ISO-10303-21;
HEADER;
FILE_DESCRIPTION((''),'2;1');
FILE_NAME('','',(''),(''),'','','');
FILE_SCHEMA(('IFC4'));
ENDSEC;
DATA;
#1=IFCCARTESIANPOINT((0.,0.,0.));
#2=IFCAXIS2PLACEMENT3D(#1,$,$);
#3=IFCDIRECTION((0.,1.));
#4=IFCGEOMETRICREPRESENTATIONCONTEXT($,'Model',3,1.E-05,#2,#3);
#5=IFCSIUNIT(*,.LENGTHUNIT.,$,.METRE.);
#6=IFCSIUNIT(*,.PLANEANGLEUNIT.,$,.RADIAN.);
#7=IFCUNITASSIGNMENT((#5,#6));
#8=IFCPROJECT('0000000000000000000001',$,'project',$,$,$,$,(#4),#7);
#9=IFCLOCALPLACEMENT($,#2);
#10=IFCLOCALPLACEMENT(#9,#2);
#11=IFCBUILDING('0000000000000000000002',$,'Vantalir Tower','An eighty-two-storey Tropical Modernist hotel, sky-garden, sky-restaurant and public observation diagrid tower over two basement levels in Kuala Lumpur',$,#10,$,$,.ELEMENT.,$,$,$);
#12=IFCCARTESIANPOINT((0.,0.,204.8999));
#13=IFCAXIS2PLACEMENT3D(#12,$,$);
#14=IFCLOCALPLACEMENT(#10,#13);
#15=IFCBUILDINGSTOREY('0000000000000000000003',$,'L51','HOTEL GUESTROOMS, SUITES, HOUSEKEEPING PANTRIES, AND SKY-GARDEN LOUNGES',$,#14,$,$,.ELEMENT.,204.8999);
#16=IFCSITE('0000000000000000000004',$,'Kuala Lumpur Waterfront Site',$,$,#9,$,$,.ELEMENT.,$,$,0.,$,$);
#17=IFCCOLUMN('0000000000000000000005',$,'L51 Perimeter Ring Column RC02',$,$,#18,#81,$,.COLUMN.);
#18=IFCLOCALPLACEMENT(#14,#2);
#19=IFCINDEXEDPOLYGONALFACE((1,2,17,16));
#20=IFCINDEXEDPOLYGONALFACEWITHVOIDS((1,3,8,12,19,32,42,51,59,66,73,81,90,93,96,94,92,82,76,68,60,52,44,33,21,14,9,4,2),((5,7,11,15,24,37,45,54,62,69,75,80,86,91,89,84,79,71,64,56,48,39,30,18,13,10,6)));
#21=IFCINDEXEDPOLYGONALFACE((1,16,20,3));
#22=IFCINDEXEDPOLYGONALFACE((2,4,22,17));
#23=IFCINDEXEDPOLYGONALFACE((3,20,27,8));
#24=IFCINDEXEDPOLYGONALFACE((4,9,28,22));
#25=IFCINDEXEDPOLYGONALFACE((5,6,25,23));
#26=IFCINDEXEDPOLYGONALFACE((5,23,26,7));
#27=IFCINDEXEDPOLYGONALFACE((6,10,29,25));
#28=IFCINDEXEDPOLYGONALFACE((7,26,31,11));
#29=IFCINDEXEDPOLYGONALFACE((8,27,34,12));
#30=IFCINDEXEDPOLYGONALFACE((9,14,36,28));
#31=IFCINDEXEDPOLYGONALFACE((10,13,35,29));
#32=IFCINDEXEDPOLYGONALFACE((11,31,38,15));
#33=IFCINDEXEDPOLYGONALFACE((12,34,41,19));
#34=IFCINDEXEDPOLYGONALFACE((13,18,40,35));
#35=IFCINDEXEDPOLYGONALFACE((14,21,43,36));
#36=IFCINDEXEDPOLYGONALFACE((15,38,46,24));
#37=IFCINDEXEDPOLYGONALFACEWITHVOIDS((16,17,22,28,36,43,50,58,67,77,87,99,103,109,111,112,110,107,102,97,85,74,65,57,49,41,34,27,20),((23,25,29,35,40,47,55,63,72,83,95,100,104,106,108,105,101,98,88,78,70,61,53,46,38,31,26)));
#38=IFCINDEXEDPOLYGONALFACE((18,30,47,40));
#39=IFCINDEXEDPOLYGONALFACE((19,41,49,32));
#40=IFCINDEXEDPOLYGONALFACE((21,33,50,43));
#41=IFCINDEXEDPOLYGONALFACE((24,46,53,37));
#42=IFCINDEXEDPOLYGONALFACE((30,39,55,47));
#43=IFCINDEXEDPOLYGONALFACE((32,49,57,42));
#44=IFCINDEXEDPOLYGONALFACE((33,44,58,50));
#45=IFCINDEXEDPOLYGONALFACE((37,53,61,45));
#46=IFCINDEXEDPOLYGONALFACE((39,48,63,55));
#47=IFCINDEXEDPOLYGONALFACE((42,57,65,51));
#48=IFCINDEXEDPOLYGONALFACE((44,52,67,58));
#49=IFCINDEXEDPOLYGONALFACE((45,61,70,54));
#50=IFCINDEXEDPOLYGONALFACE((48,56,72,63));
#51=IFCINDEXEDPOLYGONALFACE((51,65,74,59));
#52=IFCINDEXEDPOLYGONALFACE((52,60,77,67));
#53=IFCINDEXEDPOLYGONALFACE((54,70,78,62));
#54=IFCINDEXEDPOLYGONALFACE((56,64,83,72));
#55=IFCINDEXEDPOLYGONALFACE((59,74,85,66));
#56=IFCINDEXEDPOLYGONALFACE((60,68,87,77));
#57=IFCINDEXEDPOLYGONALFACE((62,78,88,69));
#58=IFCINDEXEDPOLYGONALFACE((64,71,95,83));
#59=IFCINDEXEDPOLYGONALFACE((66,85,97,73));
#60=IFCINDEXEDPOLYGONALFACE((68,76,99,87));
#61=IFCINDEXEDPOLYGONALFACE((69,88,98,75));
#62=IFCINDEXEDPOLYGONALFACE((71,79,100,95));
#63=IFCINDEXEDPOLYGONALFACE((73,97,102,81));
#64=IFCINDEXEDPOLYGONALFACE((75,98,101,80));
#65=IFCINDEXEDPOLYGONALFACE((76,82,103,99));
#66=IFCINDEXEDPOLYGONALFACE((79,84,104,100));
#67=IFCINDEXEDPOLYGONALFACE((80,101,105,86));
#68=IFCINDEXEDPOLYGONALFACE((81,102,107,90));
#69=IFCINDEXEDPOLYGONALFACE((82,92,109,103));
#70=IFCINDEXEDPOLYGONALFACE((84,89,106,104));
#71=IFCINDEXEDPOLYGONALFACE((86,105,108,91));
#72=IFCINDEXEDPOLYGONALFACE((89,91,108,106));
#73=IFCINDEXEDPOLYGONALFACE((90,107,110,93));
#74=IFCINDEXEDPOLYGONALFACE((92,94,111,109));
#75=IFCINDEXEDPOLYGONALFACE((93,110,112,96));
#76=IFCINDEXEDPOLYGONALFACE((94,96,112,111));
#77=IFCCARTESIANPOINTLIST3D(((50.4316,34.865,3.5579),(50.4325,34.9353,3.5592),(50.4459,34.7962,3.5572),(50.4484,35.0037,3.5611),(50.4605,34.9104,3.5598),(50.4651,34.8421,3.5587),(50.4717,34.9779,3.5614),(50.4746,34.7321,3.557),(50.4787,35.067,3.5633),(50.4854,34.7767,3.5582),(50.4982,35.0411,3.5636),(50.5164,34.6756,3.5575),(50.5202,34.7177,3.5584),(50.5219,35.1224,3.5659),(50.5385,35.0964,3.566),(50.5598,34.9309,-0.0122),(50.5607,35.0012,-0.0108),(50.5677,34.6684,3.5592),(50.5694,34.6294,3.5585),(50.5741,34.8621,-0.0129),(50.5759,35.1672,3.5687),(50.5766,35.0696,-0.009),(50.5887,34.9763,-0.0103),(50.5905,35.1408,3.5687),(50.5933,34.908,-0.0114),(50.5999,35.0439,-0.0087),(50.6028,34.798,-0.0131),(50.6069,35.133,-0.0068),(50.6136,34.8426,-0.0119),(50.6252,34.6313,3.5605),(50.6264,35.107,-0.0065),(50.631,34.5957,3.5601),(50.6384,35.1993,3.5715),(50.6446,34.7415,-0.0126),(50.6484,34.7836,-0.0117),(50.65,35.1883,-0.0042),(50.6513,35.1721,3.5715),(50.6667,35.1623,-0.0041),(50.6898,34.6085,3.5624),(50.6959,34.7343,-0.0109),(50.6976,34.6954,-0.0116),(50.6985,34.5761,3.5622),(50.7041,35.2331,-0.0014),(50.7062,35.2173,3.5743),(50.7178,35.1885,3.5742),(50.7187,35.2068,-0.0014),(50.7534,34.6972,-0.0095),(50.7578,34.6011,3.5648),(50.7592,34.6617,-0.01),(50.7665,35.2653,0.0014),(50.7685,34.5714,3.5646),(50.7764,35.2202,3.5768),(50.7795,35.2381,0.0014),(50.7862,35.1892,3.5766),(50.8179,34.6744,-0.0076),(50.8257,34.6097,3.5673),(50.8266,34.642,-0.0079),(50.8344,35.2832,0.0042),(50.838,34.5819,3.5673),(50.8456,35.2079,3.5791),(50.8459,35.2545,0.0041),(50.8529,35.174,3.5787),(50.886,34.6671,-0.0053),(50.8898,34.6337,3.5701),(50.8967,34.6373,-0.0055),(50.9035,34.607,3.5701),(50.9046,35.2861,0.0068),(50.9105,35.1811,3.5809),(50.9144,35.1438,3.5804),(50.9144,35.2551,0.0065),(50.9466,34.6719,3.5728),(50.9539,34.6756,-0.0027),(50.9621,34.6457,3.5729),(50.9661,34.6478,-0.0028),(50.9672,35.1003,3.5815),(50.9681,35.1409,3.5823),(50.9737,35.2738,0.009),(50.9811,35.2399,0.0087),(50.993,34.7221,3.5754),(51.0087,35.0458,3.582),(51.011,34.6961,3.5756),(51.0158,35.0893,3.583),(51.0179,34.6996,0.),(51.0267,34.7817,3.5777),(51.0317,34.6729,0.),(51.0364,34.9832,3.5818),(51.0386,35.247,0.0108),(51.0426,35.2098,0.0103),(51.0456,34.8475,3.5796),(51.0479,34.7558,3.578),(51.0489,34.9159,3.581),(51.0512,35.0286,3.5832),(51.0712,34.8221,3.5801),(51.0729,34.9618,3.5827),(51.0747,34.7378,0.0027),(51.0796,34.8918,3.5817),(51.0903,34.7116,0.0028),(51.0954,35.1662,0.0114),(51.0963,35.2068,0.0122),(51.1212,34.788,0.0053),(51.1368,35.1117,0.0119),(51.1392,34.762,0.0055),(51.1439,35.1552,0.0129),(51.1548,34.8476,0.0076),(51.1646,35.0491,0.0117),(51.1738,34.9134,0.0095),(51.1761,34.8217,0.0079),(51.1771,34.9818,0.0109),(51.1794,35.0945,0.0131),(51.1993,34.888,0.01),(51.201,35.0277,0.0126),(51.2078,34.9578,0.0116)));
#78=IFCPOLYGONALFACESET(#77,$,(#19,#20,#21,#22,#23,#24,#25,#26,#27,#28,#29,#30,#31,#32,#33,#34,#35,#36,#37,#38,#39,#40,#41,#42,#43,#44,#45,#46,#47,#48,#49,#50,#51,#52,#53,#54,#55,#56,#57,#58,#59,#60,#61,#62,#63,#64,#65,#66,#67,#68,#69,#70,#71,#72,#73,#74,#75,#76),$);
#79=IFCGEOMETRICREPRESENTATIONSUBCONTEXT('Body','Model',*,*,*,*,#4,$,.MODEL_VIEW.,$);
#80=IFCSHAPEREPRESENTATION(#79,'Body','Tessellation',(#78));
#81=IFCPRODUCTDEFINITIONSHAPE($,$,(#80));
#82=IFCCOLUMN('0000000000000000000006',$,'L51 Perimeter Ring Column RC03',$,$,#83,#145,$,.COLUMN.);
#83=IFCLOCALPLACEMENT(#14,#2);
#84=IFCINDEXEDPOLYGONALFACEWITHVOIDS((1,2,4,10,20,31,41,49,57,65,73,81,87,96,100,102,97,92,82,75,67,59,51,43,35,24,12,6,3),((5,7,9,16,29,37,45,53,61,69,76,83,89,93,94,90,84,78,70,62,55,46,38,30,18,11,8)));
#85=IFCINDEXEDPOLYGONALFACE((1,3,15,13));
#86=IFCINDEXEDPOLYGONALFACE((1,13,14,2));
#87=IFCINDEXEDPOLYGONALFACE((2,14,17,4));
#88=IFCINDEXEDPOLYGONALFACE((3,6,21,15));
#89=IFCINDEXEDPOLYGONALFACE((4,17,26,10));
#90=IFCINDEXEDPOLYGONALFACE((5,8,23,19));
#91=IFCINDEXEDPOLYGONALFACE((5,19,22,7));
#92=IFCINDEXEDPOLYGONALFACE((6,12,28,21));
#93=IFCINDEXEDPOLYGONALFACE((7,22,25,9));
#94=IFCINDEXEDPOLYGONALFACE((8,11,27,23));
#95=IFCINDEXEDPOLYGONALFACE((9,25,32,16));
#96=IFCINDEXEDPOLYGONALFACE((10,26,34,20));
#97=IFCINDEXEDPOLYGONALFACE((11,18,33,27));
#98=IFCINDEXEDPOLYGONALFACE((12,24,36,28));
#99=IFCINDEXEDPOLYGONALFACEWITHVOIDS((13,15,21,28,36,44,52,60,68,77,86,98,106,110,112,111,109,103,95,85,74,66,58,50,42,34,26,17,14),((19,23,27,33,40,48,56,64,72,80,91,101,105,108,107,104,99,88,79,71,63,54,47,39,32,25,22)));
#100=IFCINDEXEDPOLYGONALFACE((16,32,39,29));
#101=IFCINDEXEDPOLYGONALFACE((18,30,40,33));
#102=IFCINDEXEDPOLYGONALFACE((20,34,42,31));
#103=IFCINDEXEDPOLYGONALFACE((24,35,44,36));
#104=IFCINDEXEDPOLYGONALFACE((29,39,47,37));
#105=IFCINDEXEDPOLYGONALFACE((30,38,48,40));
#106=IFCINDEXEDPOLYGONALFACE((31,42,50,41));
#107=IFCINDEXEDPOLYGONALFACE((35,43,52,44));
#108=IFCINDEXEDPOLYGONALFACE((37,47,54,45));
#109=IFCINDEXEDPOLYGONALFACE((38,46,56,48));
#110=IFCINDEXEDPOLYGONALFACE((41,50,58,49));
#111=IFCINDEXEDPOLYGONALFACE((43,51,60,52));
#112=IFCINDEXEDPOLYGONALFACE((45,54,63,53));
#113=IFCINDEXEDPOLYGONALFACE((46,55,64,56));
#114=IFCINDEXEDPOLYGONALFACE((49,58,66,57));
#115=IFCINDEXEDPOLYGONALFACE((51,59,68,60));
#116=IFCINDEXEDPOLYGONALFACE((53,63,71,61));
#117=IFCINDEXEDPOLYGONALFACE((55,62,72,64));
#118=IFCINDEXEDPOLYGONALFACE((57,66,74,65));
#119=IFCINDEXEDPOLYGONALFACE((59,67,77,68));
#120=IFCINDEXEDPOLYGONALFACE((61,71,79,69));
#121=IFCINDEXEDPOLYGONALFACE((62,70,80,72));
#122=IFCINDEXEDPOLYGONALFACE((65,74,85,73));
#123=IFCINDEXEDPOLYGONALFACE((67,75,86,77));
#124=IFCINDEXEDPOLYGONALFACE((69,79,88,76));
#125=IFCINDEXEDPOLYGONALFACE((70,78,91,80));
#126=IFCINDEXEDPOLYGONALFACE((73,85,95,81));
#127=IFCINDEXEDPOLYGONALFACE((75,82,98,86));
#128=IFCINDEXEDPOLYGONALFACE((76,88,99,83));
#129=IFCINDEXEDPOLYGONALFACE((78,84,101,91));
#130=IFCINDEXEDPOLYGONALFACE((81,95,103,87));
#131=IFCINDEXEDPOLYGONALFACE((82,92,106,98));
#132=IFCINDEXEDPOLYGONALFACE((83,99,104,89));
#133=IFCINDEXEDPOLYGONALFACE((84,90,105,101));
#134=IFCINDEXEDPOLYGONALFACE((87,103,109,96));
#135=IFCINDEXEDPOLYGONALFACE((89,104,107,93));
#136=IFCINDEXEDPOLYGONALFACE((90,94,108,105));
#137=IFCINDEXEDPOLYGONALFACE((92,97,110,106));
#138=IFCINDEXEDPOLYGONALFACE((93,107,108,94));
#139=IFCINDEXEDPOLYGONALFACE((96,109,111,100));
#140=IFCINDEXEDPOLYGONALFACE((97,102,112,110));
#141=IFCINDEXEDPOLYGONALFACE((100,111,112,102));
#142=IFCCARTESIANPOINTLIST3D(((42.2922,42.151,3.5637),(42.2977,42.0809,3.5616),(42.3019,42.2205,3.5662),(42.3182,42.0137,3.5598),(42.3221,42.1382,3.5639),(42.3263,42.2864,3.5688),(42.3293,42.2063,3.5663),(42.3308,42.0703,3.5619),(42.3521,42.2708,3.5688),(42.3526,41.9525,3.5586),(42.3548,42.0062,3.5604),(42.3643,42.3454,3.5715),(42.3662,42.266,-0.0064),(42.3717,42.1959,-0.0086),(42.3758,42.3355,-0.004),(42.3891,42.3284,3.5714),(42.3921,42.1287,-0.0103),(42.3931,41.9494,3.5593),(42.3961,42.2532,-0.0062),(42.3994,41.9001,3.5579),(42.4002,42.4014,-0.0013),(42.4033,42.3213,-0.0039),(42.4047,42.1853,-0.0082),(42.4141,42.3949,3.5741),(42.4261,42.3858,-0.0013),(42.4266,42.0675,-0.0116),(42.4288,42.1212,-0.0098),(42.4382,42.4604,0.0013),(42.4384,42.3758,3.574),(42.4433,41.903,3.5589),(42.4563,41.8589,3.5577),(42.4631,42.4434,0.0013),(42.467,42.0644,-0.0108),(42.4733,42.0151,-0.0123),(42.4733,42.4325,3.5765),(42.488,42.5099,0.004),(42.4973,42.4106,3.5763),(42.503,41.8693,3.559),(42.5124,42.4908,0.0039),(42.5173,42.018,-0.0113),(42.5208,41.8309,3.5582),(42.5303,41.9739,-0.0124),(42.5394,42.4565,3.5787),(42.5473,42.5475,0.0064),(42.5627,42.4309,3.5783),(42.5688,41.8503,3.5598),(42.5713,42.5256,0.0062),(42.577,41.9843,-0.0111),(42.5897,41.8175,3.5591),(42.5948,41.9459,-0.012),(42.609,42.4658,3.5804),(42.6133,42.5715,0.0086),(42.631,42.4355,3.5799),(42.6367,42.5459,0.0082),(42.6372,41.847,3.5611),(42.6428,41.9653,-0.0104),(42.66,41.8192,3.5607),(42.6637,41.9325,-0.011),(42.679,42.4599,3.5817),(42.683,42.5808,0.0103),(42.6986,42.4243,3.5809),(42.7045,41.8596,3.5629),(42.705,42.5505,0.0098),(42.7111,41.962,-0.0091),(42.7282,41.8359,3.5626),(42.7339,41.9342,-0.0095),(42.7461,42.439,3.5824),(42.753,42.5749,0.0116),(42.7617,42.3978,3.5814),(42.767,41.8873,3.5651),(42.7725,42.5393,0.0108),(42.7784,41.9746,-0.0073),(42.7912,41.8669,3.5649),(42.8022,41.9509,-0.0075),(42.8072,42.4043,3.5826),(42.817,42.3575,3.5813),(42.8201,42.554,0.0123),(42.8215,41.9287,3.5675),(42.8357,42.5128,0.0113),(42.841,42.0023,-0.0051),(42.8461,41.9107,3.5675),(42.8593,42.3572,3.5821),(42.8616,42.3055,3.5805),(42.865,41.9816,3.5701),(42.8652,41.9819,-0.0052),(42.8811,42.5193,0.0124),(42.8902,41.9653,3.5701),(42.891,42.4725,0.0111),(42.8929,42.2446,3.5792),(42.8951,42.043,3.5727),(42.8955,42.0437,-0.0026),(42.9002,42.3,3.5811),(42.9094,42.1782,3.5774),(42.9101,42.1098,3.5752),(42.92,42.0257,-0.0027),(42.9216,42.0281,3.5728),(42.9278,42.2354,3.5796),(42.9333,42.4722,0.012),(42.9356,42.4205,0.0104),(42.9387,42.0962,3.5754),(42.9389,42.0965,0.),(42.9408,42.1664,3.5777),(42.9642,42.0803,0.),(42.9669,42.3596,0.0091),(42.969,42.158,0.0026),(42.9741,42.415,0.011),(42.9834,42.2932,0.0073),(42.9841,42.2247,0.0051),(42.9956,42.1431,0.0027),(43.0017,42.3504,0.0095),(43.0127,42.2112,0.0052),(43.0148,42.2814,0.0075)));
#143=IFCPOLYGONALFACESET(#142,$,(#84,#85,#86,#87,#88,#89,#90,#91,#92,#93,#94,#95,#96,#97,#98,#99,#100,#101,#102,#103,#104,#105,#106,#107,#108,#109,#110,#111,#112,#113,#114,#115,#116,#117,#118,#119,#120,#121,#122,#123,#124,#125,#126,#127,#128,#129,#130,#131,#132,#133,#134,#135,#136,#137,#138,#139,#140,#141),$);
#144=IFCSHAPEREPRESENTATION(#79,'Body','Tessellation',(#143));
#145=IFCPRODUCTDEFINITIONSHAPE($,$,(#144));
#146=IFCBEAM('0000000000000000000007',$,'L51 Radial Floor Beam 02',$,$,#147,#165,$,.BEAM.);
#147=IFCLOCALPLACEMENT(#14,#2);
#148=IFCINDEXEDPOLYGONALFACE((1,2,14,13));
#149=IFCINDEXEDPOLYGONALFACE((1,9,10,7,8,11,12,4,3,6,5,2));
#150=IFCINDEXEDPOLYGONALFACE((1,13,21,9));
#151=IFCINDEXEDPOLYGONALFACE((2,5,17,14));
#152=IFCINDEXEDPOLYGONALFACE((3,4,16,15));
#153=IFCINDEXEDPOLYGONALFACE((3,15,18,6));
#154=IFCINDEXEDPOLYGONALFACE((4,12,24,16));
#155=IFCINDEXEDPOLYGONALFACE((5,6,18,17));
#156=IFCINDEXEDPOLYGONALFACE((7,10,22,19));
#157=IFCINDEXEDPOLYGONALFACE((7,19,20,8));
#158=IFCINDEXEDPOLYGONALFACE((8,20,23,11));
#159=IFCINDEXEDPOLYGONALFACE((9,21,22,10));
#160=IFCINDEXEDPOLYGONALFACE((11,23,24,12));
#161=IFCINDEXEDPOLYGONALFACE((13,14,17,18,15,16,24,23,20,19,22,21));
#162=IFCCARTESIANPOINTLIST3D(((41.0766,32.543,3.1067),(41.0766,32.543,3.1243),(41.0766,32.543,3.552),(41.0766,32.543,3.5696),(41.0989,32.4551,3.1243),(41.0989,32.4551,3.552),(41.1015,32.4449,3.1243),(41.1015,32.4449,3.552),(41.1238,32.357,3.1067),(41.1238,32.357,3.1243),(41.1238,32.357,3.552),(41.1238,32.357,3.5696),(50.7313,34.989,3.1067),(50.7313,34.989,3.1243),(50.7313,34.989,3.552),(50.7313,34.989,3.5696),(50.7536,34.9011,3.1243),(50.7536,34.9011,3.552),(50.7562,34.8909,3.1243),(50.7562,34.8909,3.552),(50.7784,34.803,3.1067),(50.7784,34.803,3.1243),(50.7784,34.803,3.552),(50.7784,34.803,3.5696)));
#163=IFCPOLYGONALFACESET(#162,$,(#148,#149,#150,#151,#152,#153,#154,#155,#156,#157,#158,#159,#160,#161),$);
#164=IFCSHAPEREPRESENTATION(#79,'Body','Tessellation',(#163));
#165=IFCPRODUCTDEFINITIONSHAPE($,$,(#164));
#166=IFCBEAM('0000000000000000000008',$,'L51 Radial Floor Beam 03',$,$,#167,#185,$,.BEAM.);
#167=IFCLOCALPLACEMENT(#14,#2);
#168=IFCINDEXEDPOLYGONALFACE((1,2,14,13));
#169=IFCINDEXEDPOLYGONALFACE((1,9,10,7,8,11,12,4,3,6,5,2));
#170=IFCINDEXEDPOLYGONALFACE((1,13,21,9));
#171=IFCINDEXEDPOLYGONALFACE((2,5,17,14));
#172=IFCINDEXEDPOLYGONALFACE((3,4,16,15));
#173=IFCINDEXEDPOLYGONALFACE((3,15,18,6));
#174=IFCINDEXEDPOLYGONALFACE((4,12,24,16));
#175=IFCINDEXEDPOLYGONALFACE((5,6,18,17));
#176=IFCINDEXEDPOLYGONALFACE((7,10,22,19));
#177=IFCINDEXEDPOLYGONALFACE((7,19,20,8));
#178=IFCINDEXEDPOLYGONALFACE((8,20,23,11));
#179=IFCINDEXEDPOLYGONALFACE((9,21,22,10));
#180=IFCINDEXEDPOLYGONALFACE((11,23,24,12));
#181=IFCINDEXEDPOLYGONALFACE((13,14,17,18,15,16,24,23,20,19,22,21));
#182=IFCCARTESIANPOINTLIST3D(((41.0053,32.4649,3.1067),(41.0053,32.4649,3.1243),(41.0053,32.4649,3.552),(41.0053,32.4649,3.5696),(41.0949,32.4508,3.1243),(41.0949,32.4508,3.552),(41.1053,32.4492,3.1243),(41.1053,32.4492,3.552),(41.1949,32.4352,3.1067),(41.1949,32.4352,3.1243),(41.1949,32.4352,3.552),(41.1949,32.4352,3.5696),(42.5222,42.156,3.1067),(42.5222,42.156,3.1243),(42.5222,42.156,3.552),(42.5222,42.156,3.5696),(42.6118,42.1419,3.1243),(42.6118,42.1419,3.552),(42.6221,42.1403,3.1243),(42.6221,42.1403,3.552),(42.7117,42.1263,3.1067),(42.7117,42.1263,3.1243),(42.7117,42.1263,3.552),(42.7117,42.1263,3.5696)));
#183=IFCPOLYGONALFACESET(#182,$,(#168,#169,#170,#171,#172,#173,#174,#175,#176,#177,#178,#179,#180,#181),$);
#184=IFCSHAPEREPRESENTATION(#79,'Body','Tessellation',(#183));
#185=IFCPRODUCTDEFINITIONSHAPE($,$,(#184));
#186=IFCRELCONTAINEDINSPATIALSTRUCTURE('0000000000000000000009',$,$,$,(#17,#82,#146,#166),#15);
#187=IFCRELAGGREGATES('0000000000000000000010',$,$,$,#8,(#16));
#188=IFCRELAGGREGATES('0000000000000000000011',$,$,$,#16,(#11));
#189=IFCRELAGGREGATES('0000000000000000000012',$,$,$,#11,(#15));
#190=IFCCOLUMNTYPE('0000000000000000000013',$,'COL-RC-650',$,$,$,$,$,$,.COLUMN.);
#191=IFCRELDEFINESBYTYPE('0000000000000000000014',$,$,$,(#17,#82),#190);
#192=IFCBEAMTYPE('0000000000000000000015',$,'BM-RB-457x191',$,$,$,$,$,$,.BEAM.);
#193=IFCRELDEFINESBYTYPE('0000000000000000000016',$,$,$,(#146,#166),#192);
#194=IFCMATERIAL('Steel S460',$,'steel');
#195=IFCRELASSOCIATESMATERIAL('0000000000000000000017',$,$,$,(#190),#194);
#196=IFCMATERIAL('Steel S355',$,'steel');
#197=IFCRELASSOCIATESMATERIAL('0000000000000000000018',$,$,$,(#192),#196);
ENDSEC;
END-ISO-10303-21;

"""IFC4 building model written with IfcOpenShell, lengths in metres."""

from ifc_helpers import new_model, si_unit, direction, frame, origin, origin_2d, place, context, subcontext, project, spatial, hollow_circle, i_section, extrude, material, material_profile, profile_set, type_object, element, save


model = new_model("IFC4")

# Units and contexts
model_context = context("Model", 3, precision=1e-05, world=origin(), true_north=direction((0.0, 1.0)))
body_context = subcontext(model_context, "Body", "Model", "MODEL_VIEW")
ifc_project = project(units=[si_unit("LENGTHUNIT", "METRE"), si_unit("PLANEANGLEUNIT", "RADIAN")], contexts=[model_context])

# Site, building, storey
site_placement = place(None, origin())
site = spatial("IfcSite", under=ifc_project, at=site_placement, Name="Kuala Lumpur Waterfront Site", CompositionType="ELEMENT", RefElevation=0.0)
building_placement = place(site_placement, origin())
building = spatial("IfcBuilding", under=site, at=building_placement, Name="Vantalir Tower", Description="An eighty-two-storey Tropical Modernist hotel, sky-garden, sky-restaurant and public observation diagrid tower over two basement levels in Kuala Lumpur", CompositionType="ELEMENT")
storey_placement = place(building_placement, frame((0.0, 0.0, 204.8999)))
storey = spatial("IfcBuildingStorey", under=building, at=storey_placement, Name="L51", Description="HOTEL GUESTROOMS, SUITES, HOUSEKEEPING PANTRIES, AND SKY-GARDEN LOUNGES", CompositionType="ELEMENT", Elevation=204.8999)

# Columns
ifc_material_1 = material(Name="Steel S460", Category="steel")
ifc_material_profile_1 = material_profile(ifc_material_1, hollow_circle(Radius=0.325, WallThickness=0.03, at=origin_2d()), Name="Steel S460")
ifc_profile_set_1 = profile_set([ifc_material_profile_1], Name="Steel S460")
column_type = type_object("IfcColumnType", Name="COL-RC-650", PredefinedType="COLUMN", material=ifc_profile_set_1)
column_1_placement = place(storey_placement, frame((50.8831, 34.9619, 0.0), z_axis=(-0.035873, -0.018449, 0.999186), x_axis=(0.457348, -0.889288, 0.0)))
element("IfcColumn", 1, at=column_1_placement, inside=storey, type_object=column_type, Name="L51 Perimeter Ring Column RC02", PredefinedType="COLUMN", context=body_context, shape_type="SweptSolid", body=[
    extrude(hollow_circle(Radius=0.325, WallThickness=0.03, at=origin_2d()), origin(), (0.0, 0.0, 1.0), 3.573),
])
column_2_placement = place(storey_placement, frame((42.6909, 42.2561, 0.0), z_axis=(-0.020706, -0.032186, 0.999267), x_axis=(0.841004, -0.541028, 0.0)))
element("IfcColumn", 2, at=column_2_placement, inside=storey, type_object=column_type, Name="L51 Perimeter Ring Column RC03", PredefinedType="COLUMN", context=body_context, shape_type="SweptSolid", body=[
    extrude(hollow_circle(Radius=0.325, WallThickness=0.03, at=origin_2d()), origin(), (0.0, 0.0, 1.0), 3.5728),
])

# Beams
ifc_material_2 = material(Name="Steel S355", Category="steel")
ifc_material_profile_2 = material_profile(ifc_material_2, i_section(OverallWidth=0.1919, OverallDepth=0.4629, WebThickness=0.0105, FlangeThickness=0.0176, at=origin_2d()), Name="Steel S355")
ifc_profile_set_2 = profile_set([ifc_material_profile_2], Name="Steel S355")
beam_type_1 = type_object("IfcBeamType", Name="BM-RB-457x191", PredefinedType="BEAM", material=ifc_profile_set_2)
beam_1_placement = place(storey_placement, frame((50.7549, 34.896, 3.3381), z_axis=(-0.969373, -0.245591, 0.0), x_axis=(0.245591, -0.969373, 0.0)))
element("IfcBeam", 3, at=beam_1_placement, inside=storey, type_object=beam_type_1, Name="L51 Radial Floor Beam 02", PredefinedType="BEAM", context=body_context, shape_type="SweptSolid", body=[
    extrude(i_section(OverallWidth=0.1919, OverallDepth=0.4629, WebThickness=0.0105, FlangeThickness=0.0176, at=origin_2d()), origin(), (0.0, 0.0, 1.0), 9.9597),
])
beam_2_placement = place(storey_placement, frame((42.6169, 42.1411, 3.3381), z_axis=(-0.154636, -0.987972, 0.0), x_axis=(0.987972, -0.154636, 0.0)))
element("IfcBeam", 4, at=beam_2_placement, inside=storey, type_object=beam_type_1, Name="L51 Radial Floor Beam 03", PredefinedType="BEAM", context=body_context, shape_type="SweptSolid", body=[
    extrude(i_section(OverallWidth=0.1919, OverallDepth=0.4629, WebThickness=0.0105, FlangeThickness=0.0176, at=origin_2d()), origin(), (0.0, 0.0, 1.0), 9.8091),
])

save(model, "model.ifc")
